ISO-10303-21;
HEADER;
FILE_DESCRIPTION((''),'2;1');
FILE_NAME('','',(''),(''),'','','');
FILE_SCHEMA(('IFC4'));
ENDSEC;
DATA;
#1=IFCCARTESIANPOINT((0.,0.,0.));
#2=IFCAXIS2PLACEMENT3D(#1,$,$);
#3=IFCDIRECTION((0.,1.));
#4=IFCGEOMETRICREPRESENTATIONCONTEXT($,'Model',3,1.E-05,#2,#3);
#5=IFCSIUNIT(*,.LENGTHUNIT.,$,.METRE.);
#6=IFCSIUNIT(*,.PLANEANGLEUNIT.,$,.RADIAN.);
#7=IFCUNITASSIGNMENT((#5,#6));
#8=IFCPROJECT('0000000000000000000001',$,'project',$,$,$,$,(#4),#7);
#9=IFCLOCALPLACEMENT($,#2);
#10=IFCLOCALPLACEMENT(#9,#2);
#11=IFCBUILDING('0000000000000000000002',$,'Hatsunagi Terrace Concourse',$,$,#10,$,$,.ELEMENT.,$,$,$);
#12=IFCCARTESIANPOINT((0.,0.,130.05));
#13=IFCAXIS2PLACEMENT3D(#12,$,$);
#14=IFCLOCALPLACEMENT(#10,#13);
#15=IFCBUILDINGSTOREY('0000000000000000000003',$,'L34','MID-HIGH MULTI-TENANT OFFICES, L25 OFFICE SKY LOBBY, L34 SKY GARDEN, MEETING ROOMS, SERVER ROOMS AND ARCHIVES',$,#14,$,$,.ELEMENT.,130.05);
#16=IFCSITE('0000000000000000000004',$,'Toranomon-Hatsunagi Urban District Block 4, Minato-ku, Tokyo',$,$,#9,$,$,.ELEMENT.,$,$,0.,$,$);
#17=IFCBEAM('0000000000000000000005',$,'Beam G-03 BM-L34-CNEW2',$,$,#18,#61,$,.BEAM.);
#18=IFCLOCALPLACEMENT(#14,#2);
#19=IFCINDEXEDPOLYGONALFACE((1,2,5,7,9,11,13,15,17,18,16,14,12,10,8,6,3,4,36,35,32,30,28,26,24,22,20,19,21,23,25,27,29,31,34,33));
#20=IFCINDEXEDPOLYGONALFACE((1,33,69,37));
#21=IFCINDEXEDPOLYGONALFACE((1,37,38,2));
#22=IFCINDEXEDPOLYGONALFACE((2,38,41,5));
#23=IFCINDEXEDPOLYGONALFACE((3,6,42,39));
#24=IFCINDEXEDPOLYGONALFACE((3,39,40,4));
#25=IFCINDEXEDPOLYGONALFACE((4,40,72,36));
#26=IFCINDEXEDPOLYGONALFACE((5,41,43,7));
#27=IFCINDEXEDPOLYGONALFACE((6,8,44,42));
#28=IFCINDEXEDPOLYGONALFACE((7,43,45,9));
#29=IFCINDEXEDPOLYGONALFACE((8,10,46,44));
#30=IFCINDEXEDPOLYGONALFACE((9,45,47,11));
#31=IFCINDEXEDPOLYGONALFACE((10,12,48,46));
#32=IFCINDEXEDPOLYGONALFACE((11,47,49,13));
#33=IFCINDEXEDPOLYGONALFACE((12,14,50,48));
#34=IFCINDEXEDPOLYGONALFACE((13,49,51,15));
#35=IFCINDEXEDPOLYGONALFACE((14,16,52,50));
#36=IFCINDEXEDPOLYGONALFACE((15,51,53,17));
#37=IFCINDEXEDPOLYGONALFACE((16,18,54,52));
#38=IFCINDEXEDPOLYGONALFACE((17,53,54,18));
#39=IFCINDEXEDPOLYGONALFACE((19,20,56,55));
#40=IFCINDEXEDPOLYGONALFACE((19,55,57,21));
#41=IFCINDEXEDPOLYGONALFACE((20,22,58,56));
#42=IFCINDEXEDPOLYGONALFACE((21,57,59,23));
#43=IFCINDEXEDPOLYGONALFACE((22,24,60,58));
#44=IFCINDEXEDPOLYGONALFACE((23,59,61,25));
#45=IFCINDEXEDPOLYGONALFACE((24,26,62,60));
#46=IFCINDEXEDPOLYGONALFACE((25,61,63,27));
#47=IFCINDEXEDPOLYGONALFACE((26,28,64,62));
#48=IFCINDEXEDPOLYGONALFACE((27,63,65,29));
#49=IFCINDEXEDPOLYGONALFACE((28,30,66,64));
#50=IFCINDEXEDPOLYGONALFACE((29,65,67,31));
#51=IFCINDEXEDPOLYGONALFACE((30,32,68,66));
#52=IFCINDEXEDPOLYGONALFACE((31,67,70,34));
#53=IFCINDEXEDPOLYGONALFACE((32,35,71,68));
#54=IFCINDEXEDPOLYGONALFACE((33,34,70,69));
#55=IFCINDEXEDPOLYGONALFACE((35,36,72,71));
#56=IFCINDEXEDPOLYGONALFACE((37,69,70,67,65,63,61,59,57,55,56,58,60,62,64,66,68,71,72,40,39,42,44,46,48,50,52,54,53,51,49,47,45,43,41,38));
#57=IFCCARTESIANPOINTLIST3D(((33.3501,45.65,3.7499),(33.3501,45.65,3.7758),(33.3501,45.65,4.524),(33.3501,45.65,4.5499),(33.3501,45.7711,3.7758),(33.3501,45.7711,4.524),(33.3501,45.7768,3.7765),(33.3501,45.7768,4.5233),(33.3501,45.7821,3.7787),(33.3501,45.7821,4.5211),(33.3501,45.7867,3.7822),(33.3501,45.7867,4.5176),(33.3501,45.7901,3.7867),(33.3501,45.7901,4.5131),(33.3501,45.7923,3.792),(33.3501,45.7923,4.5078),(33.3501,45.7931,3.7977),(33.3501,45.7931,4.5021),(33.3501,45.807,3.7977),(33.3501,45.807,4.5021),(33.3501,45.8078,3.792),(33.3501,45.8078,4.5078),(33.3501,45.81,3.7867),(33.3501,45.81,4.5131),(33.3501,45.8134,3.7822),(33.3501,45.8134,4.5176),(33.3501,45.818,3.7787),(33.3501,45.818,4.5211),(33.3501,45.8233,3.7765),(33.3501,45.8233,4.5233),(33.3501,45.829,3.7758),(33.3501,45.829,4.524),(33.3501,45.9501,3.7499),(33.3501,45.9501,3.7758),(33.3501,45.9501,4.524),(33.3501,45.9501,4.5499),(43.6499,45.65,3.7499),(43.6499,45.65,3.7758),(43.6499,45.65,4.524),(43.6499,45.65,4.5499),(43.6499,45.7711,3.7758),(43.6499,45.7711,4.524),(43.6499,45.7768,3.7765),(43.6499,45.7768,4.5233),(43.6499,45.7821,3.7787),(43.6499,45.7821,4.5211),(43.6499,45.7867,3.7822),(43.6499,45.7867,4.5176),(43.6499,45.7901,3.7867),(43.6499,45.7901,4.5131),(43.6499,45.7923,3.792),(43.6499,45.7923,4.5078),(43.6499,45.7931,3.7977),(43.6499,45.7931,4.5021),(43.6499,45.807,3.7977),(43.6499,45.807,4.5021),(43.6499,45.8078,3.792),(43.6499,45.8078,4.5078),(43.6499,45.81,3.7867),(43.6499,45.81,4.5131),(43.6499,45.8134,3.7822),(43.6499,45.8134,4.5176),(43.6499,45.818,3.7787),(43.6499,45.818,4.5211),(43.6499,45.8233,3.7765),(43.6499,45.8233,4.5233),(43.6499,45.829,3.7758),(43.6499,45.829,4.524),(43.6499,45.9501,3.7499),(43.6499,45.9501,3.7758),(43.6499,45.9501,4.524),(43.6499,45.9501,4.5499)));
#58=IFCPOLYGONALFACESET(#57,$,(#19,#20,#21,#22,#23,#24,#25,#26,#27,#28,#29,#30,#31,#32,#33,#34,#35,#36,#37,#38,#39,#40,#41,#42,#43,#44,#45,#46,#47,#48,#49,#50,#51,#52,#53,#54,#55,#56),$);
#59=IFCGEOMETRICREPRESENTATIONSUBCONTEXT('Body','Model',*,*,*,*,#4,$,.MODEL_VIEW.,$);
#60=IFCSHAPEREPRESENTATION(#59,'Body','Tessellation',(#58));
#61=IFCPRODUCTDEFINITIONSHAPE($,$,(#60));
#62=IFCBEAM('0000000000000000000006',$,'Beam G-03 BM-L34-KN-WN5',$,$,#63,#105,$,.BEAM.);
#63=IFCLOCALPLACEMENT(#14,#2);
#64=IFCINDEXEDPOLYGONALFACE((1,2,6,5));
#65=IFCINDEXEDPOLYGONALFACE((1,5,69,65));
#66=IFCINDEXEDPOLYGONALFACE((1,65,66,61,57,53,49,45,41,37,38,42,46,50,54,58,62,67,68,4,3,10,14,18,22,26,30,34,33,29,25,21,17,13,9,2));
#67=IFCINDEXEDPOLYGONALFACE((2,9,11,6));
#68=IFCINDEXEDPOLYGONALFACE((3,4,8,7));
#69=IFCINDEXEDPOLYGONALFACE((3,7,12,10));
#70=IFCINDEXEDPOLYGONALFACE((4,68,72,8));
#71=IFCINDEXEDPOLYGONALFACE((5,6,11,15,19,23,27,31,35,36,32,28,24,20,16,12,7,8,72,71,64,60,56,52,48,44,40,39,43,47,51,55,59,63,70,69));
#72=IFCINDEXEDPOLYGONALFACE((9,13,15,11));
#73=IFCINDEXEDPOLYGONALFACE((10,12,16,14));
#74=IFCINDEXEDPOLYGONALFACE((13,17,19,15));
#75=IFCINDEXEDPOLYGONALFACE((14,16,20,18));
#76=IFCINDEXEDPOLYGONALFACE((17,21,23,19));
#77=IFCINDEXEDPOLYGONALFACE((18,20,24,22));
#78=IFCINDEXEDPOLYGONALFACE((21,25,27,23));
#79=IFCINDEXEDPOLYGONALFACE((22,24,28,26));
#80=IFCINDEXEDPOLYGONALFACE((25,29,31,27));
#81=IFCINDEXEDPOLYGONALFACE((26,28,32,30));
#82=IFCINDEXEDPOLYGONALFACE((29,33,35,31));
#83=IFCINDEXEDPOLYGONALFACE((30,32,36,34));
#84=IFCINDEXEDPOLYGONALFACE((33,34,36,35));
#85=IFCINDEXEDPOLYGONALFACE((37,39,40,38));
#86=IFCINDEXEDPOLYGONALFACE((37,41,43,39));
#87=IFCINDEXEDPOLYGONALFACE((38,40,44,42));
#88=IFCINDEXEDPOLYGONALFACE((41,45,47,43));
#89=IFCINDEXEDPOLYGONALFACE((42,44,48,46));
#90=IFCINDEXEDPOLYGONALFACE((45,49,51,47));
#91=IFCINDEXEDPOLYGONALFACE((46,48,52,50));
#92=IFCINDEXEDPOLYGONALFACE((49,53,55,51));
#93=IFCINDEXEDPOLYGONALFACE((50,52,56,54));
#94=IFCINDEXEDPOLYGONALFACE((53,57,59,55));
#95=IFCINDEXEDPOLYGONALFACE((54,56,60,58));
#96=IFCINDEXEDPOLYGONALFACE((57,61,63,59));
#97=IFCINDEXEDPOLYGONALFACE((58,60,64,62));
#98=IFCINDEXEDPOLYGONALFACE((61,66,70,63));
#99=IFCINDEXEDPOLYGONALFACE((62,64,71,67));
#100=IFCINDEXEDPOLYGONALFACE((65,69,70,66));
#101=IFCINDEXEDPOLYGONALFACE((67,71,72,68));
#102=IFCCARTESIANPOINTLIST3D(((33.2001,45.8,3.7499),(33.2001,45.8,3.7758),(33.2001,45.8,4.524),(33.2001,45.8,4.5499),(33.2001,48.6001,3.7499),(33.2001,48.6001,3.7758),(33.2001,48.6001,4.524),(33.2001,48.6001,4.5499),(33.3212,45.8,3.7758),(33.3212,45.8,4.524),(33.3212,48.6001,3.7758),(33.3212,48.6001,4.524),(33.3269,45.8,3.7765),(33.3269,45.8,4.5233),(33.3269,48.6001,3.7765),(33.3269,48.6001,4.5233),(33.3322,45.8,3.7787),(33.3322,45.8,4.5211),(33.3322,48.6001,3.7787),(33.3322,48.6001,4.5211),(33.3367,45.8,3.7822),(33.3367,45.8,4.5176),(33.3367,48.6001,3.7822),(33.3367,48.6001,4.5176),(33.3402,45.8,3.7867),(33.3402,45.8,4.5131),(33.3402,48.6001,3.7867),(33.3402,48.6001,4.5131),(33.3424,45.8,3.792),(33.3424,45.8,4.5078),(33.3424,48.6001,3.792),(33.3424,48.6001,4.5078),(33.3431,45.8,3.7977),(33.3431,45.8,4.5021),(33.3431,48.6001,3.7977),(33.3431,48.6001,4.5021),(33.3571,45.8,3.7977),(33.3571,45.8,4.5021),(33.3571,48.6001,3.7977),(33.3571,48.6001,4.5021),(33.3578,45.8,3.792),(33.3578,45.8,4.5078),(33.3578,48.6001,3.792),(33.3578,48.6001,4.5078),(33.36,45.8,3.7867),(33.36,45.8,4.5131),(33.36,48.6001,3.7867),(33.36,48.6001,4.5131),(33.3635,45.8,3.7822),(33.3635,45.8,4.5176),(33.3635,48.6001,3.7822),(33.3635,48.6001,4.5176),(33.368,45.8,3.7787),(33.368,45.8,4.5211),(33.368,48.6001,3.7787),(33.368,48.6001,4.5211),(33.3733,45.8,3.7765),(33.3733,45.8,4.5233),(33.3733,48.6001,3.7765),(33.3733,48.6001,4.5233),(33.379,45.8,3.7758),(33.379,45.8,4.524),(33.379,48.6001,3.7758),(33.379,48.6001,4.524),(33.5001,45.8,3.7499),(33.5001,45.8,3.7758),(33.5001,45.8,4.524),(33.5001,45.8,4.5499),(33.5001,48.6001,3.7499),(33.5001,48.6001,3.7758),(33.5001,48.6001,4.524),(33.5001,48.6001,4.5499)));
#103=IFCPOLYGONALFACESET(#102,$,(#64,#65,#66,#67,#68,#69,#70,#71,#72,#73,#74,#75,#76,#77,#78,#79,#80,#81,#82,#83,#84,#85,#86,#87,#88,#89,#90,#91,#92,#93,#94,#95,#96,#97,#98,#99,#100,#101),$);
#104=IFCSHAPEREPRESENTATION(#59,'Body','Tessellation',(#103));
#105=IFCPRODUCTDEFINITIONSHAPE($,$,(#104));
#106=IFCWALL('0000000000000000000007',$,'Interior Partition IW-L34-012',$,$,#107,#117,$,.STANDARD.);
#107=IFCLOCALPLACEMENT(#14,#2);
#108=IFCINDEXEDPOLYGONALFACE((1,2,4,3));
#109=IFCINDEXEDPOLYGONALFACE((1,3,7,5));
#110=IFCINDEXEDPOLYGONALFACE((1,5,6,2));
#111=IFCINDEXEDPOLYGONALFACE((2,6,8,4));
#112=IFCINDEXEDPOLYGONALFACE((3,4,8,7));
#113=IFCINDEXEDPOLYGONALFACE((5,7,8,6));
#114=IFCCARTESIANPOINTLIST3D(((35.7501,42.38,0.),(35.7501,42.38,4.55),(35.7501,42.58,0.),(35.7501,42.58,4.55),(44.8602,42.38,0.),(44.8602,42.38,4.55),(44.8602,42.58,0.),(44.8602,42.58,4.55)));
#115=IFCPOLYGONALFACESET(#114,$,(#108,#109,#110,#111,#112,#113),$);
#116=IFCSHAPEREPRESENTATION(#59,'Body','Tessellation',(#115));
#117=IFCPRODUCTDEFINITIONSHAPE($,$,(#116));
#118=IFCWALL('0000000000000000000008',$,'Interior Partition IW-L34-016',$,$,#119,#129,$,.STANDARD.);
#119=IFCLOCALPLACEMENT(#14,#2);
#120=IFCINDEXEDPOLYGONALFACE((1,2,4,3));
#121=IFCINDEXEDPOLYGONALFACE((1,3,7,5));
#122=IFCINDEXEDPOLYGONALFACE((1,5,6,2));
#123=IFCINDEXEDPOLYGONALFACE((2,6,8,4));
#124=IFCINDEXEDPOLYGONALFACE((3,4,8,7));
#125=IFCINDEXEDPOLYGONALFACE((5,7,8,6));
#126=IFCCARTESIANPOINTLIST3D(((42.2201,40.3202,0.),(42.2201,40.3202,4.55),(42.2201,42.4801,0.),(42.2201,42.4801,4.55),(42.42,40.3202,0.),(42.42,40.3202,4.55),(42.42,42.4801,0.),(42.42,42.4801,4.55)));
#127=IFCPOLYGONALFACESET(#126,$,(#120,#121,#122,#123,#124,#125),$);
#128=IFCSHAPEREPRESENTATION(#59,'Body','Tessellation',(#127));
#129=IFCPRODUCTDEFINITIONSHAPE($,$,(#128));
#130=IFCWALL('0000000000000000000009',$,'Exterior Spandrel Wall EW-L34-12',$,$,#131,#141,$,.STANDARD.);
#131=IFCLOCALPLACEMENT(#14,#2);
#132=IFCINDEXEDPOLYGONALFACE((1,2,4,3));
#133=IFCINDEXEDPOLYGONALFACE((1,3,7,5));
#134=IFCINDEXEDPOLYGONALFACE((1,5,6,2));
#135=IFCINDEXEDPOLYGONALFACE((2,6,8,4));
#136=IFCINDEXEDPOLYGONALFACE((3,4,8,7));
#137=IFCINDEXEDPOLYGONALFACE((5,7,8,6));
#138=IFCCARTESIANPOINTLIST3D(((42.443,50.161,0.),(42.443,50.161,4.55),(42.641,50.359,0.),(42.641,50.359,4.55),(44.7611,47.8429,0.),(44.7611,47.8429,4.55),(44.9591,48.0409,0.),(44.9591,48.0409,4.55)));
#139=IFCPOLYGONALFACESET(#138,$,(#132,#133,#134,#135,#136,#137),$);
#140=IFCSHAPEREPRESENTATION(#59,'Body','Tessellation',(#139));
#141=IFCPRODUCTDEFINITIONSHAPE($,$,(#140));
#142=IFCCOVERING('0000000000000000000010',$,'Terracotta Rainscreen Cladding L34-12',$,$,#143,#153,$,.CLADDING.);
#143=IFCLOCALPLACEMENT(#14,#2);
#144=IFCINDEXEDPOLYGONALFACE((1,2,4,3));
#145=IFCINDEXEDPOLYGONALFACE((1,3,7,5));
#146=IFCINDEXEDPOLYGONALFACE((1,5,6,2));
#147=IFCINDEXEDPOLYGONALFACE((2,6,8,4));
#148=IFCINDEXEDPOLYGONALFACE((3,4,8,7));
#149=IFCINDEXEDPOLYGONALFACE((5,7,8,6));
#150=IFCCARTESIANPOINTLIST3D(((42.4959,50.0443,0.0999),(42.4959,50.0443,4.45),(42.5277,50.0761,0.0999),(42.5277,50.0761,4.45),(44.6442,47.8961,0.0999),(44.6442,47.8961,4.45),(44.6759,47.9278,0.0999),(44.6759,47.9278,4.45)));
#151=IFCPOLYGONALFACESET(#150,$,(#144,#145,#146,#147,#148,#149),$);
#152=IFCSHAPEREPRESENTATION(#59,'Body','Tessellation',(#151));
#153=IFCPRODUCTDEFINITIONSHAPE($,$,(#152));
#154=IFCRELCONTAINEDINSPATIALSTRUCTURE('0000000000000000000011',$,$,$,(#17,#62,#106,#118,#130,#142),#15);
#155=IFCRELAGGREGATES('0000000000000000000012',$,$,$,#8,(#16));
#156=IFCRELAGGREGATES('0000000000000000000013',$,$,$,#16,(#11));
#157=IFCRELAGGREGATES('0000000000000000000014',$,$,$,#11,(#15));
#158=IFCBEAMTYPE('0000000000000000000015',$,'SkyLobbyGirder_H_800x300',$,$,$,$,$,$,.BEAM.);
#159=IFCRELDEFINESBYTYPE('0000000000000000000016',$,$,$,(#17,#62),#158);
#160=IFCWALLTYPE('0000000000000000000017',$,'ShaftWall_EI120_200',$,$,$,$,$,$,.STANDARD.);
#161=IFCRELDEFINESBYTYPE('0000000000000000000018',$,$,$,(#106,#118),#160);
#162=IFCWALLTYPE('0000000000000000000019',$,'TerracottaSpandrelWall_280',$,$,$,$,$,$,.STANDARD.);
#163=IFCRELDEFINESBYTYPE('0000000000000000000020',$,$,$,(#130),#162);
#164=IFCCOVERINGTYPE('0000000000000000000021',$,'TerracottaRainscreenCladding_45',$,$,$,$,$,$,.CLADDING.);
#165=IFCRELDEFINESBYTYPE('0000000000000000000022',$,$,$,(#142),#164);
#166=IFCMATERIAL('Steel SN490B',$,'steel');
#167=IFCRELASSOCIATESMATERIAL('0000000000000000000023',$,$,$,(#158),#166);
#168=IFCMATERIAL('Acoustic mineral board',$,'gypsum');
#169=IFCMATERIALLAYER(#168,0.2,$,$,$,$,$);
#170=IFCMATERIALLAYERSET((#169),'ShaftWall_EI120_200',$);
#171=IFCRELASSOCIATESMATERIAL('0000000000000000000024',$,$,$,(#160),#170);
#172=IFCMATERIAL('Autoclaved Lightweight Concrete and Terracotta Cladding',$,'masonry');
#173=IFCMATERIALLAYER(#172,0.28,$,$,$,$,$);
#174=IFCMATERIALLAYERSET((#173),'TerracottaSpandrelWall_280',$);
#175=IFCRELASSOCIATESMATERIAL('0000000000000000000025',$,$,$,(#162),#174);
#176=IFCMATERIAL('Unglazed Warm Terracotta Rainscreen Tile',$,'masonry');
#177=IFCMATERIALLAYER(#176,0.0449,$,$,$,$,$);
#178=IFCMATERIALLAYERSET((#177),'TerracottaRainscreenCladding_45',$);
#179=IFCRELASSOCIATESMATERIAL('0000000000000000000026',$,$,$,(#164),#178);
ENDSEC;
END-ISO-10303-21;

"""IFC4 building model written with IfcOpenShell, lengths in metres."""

from ifc_helpers import new_model, si_unit, direction, frame, frame_2d, origin, origin_2d, place, context, subcontext, project, spatial, rectangle, i_section, extrude, material, layer, layer_set, material_profile, profile_set, type_object, element, save


model = new_model("IFC4")

# Units and contexts
model_context = context("Model", 3, precision=1e-05, world=origin(), true_north=direction((0.0, 1.0)))
body_context = subcontext(model_context, "Body", "Model", "MODEL_VIEW")
ifc_project = project(units=[si_unit("LENGTHUNIT", "METRE"), si_unit("PLANEANGLEUNIT", "RADIAN")], contexts=[model_context])

# Site, building, storey
site_placement = place(None, origin())
site = spatial("IfcSite", under=ifc_project, at=site_placement, Name="Toranomon-Hatsunagi Urban District Block 4, Minato-ku, Tokyo", CompositionType="ELEMENT", RefElevation=0.0)
building_placement = place(site_placement, origin())
building = spatial("IfcBuilding", under=site, at=building_placement, Name="Hatsunagi Terrace Concourse", CompositionType="ELEMENT")
storey_placement = place(building_placement, frame((0.0, 0.0, 130.05)))
storey = spatial("IfcBuildingStorey", under=building, at=storey_placement, Name="L34", Description="MID-HIGH MULTI-TENANT OFFICES, L25 OFFICE SKY LOBBY, L34 SKY GARDEN, MEETING ROOMS, SERVER ROOMS AND ARCHIVES", CompositionType="ELEMENT", Elevation=130.05)

# Beams
ifc_material_1 = material(Name="Steel SN490B", Category="steel")
ifc_material_profile_1 = material_profile(ifc_material_1, i_section(OverallWidth=0.3, OverallDepth=0.8, WebThickness=0.0139, FlangeThickness=0.0259, FilletRadius=0.022, at=origin_2d()), Name="H-800x300x14x26")
ifc_profile_set_1 = profile_set([ifc_material_profile_1], Name="Steel SN490B")
beam_type_1 = type_object("IfcBeamType", Name="SkyLobbyGirder_H_800x300", PredefinedType="BEAM", material=ifc_profile_set_1)
beam_1_placement = place(storey_placement, frame((33.3501, 45.8, 4.1499), z_axis=(1.0, 0.0, 0.0), x_axis=(0.0, 1.0, 0.0)))
element("IfcBeam", 1, at=beam_1_placement, inside=storey, type_object=beam_type_1, Name="Beam G-03 BM-L34-CNEW2", PredefinedType="BEAM", context=body_context, shape_type="SweptSolid", body=[
    extrude(i_section(OverallWidth=0.3, OverallDepth=0.8, WebThickness=0.0139, FlangeThickness=0.0259, FilletRadius=0.022, at=origin_2d()), origin(), (0.0, 0.0, 1.0), 10.2998),
])
beam_2_placement = place(storey_placement, frame((33.3501, 45.8, 4.1499), z_axis=(0.0, 1.0, 0.0), x_axis=(-1.0, 0.0, 0.0)))
element("IfcBeam", 2, at=beam_2_placement, inside=storey, type_object=beam_type_1, Name="Beam G-03 BM-L34-KN-WN5", PredefinedType="BEAM", context=body_context, shape_type="SweptSolid", body=[
    extrude(i_section(OverallWidth=0.3, OverallDepth=0.8, WebThickness=0.0139, FlangeThickness=0.0259, FilletRadius=0.022, at=origin_2d()), origin(), (0.0, 0.0, 1.0), 2.8),
])

# Walls
ifc_material_2 = material(Name="Acoustic mineral board", Category="gypsum")
ifc_layer_1 = layer(ifc_material_2, 0.2)
ifc_layer_set_1 = layer_set([ifc_layer_1], Name="ShaftWall_EI120_200")
wall_type_1 = type_object("IfcWallType", Name="ShaftWall_EI120_200", PredefinedType="STANDARD", material=ifc_layer_set_1)
wall_1_placement = place(storey_placement, frame((35.75, 42.48, 0.0), z_axis=(0.0, 0.0, 1.0), x_axis=(1.0, 0.0, 0.0)))
element("IfcWall", 3, at=wall_1_placement, inside=storey, type_object=wall_type_1, Name="Interior Partition IW-L34-012", PredefinedType="STANDARD", context=body_context, shape_type="SweptSolid", body=[
    extrude(rectangle(XDim=9.1101, YDim=0.2, at=frame_2d((4.5552, 0.0))), origin(), (0.0, 0.0, 1.0), 4.55),
])
wall_2_placement = place(storey_placement, frame((42.3201, 40.3201, 0.0), z_axis=(0.0, 0.0, 1.0), x_axis=(0.0, 1.0, 0.0)))
element("IfcWall", 4, at=wall_2_placement, inside=storey, type_object=wall_type_1, Name="Interior Partition IW-L34-016", PredefinedType="STANDARD", context=body_context, shape_type="SweptSolid", body=[
    extrude(rectangle(XDim=2.1599, YDim=0.2, at=frame_2d((1.0801, 0.0))), origin(), (0.0, 0.0, 1.0), 4.55),
])
ifc_material_3 = material(Name="Autoclaved Lightweight Concrete and Terracotta Cladding", Category="masonry")
ifc_layer_2 = layer(ifc_material_3, 0.28)
ifc_layer_set_2 = layer_set([ifc_layer_2], Name="TerracottaSpandrelWall_280")
wall_type_2 = type_object("IfcWallType", Name="TerracottaSpandrelWall_280", PredefinedType="STANDARD", material=ifc_layer_set_2)
wall_3_placement = place(storey_placement, frame((42.542, 50.26, 0.0), z_axis=(0.0, 0.0, 1.0), x_axis=(0.707107, -0.707107, 0.0)))
element("IfcWall", 5, at=wall_3_placement, inside=storey, type_object=wall_type_2, Name="Exterior Spandrel Wall EW-L34-12", PredefinedType="STANDARD", context=body_context, shape_type="SweptSolid", body=[
    extrude(rectangle(XDim=3.2783, YDim=0.28, at=frame_2d((1.6392, 0.0))), origin(), (0.0, 0.0, 1.0), 4.55),
])

# Covering
ifc_material_4 = material(Name="Unglazed Warm Terracotta Rainscreen Tile", Category="masonry")
ifc_layer_3 = layer(ifc_material_4, 0.0449)
ifc_layer_set_3 = layer_set([ifc_layer_3], Name="TerracottaRainscreenCladding_45")
covering_type = type_object("IfcCoveringType", Name="TerracottaRainscreenCladding_45", PredefinedType="CLADDING", material=ifc_layer_set_3)
covering_placement = place(storey_placement, frame((43.5859, 48.9861, 0.0999), z_axis=(0.0, 0.0, 1.0), x_axis=(0.707107, -0.707107, 0.0)))
element("IfcCovering", 6, at=covering_placement, inside=storey, type_object=covering_type, Name="Terracotta Rainscreen Cladding L34-12", PredefinedType="CLADDING", context=body_context, shape_type="SweptSolid", body=[
    extrude(rectangle(XDim=3.0381, YDim=0.0449, at=origin_2d()), origin(), (0.0, 0.0, 1.0), 4.3501),
])

save(model, "model.ifc")
